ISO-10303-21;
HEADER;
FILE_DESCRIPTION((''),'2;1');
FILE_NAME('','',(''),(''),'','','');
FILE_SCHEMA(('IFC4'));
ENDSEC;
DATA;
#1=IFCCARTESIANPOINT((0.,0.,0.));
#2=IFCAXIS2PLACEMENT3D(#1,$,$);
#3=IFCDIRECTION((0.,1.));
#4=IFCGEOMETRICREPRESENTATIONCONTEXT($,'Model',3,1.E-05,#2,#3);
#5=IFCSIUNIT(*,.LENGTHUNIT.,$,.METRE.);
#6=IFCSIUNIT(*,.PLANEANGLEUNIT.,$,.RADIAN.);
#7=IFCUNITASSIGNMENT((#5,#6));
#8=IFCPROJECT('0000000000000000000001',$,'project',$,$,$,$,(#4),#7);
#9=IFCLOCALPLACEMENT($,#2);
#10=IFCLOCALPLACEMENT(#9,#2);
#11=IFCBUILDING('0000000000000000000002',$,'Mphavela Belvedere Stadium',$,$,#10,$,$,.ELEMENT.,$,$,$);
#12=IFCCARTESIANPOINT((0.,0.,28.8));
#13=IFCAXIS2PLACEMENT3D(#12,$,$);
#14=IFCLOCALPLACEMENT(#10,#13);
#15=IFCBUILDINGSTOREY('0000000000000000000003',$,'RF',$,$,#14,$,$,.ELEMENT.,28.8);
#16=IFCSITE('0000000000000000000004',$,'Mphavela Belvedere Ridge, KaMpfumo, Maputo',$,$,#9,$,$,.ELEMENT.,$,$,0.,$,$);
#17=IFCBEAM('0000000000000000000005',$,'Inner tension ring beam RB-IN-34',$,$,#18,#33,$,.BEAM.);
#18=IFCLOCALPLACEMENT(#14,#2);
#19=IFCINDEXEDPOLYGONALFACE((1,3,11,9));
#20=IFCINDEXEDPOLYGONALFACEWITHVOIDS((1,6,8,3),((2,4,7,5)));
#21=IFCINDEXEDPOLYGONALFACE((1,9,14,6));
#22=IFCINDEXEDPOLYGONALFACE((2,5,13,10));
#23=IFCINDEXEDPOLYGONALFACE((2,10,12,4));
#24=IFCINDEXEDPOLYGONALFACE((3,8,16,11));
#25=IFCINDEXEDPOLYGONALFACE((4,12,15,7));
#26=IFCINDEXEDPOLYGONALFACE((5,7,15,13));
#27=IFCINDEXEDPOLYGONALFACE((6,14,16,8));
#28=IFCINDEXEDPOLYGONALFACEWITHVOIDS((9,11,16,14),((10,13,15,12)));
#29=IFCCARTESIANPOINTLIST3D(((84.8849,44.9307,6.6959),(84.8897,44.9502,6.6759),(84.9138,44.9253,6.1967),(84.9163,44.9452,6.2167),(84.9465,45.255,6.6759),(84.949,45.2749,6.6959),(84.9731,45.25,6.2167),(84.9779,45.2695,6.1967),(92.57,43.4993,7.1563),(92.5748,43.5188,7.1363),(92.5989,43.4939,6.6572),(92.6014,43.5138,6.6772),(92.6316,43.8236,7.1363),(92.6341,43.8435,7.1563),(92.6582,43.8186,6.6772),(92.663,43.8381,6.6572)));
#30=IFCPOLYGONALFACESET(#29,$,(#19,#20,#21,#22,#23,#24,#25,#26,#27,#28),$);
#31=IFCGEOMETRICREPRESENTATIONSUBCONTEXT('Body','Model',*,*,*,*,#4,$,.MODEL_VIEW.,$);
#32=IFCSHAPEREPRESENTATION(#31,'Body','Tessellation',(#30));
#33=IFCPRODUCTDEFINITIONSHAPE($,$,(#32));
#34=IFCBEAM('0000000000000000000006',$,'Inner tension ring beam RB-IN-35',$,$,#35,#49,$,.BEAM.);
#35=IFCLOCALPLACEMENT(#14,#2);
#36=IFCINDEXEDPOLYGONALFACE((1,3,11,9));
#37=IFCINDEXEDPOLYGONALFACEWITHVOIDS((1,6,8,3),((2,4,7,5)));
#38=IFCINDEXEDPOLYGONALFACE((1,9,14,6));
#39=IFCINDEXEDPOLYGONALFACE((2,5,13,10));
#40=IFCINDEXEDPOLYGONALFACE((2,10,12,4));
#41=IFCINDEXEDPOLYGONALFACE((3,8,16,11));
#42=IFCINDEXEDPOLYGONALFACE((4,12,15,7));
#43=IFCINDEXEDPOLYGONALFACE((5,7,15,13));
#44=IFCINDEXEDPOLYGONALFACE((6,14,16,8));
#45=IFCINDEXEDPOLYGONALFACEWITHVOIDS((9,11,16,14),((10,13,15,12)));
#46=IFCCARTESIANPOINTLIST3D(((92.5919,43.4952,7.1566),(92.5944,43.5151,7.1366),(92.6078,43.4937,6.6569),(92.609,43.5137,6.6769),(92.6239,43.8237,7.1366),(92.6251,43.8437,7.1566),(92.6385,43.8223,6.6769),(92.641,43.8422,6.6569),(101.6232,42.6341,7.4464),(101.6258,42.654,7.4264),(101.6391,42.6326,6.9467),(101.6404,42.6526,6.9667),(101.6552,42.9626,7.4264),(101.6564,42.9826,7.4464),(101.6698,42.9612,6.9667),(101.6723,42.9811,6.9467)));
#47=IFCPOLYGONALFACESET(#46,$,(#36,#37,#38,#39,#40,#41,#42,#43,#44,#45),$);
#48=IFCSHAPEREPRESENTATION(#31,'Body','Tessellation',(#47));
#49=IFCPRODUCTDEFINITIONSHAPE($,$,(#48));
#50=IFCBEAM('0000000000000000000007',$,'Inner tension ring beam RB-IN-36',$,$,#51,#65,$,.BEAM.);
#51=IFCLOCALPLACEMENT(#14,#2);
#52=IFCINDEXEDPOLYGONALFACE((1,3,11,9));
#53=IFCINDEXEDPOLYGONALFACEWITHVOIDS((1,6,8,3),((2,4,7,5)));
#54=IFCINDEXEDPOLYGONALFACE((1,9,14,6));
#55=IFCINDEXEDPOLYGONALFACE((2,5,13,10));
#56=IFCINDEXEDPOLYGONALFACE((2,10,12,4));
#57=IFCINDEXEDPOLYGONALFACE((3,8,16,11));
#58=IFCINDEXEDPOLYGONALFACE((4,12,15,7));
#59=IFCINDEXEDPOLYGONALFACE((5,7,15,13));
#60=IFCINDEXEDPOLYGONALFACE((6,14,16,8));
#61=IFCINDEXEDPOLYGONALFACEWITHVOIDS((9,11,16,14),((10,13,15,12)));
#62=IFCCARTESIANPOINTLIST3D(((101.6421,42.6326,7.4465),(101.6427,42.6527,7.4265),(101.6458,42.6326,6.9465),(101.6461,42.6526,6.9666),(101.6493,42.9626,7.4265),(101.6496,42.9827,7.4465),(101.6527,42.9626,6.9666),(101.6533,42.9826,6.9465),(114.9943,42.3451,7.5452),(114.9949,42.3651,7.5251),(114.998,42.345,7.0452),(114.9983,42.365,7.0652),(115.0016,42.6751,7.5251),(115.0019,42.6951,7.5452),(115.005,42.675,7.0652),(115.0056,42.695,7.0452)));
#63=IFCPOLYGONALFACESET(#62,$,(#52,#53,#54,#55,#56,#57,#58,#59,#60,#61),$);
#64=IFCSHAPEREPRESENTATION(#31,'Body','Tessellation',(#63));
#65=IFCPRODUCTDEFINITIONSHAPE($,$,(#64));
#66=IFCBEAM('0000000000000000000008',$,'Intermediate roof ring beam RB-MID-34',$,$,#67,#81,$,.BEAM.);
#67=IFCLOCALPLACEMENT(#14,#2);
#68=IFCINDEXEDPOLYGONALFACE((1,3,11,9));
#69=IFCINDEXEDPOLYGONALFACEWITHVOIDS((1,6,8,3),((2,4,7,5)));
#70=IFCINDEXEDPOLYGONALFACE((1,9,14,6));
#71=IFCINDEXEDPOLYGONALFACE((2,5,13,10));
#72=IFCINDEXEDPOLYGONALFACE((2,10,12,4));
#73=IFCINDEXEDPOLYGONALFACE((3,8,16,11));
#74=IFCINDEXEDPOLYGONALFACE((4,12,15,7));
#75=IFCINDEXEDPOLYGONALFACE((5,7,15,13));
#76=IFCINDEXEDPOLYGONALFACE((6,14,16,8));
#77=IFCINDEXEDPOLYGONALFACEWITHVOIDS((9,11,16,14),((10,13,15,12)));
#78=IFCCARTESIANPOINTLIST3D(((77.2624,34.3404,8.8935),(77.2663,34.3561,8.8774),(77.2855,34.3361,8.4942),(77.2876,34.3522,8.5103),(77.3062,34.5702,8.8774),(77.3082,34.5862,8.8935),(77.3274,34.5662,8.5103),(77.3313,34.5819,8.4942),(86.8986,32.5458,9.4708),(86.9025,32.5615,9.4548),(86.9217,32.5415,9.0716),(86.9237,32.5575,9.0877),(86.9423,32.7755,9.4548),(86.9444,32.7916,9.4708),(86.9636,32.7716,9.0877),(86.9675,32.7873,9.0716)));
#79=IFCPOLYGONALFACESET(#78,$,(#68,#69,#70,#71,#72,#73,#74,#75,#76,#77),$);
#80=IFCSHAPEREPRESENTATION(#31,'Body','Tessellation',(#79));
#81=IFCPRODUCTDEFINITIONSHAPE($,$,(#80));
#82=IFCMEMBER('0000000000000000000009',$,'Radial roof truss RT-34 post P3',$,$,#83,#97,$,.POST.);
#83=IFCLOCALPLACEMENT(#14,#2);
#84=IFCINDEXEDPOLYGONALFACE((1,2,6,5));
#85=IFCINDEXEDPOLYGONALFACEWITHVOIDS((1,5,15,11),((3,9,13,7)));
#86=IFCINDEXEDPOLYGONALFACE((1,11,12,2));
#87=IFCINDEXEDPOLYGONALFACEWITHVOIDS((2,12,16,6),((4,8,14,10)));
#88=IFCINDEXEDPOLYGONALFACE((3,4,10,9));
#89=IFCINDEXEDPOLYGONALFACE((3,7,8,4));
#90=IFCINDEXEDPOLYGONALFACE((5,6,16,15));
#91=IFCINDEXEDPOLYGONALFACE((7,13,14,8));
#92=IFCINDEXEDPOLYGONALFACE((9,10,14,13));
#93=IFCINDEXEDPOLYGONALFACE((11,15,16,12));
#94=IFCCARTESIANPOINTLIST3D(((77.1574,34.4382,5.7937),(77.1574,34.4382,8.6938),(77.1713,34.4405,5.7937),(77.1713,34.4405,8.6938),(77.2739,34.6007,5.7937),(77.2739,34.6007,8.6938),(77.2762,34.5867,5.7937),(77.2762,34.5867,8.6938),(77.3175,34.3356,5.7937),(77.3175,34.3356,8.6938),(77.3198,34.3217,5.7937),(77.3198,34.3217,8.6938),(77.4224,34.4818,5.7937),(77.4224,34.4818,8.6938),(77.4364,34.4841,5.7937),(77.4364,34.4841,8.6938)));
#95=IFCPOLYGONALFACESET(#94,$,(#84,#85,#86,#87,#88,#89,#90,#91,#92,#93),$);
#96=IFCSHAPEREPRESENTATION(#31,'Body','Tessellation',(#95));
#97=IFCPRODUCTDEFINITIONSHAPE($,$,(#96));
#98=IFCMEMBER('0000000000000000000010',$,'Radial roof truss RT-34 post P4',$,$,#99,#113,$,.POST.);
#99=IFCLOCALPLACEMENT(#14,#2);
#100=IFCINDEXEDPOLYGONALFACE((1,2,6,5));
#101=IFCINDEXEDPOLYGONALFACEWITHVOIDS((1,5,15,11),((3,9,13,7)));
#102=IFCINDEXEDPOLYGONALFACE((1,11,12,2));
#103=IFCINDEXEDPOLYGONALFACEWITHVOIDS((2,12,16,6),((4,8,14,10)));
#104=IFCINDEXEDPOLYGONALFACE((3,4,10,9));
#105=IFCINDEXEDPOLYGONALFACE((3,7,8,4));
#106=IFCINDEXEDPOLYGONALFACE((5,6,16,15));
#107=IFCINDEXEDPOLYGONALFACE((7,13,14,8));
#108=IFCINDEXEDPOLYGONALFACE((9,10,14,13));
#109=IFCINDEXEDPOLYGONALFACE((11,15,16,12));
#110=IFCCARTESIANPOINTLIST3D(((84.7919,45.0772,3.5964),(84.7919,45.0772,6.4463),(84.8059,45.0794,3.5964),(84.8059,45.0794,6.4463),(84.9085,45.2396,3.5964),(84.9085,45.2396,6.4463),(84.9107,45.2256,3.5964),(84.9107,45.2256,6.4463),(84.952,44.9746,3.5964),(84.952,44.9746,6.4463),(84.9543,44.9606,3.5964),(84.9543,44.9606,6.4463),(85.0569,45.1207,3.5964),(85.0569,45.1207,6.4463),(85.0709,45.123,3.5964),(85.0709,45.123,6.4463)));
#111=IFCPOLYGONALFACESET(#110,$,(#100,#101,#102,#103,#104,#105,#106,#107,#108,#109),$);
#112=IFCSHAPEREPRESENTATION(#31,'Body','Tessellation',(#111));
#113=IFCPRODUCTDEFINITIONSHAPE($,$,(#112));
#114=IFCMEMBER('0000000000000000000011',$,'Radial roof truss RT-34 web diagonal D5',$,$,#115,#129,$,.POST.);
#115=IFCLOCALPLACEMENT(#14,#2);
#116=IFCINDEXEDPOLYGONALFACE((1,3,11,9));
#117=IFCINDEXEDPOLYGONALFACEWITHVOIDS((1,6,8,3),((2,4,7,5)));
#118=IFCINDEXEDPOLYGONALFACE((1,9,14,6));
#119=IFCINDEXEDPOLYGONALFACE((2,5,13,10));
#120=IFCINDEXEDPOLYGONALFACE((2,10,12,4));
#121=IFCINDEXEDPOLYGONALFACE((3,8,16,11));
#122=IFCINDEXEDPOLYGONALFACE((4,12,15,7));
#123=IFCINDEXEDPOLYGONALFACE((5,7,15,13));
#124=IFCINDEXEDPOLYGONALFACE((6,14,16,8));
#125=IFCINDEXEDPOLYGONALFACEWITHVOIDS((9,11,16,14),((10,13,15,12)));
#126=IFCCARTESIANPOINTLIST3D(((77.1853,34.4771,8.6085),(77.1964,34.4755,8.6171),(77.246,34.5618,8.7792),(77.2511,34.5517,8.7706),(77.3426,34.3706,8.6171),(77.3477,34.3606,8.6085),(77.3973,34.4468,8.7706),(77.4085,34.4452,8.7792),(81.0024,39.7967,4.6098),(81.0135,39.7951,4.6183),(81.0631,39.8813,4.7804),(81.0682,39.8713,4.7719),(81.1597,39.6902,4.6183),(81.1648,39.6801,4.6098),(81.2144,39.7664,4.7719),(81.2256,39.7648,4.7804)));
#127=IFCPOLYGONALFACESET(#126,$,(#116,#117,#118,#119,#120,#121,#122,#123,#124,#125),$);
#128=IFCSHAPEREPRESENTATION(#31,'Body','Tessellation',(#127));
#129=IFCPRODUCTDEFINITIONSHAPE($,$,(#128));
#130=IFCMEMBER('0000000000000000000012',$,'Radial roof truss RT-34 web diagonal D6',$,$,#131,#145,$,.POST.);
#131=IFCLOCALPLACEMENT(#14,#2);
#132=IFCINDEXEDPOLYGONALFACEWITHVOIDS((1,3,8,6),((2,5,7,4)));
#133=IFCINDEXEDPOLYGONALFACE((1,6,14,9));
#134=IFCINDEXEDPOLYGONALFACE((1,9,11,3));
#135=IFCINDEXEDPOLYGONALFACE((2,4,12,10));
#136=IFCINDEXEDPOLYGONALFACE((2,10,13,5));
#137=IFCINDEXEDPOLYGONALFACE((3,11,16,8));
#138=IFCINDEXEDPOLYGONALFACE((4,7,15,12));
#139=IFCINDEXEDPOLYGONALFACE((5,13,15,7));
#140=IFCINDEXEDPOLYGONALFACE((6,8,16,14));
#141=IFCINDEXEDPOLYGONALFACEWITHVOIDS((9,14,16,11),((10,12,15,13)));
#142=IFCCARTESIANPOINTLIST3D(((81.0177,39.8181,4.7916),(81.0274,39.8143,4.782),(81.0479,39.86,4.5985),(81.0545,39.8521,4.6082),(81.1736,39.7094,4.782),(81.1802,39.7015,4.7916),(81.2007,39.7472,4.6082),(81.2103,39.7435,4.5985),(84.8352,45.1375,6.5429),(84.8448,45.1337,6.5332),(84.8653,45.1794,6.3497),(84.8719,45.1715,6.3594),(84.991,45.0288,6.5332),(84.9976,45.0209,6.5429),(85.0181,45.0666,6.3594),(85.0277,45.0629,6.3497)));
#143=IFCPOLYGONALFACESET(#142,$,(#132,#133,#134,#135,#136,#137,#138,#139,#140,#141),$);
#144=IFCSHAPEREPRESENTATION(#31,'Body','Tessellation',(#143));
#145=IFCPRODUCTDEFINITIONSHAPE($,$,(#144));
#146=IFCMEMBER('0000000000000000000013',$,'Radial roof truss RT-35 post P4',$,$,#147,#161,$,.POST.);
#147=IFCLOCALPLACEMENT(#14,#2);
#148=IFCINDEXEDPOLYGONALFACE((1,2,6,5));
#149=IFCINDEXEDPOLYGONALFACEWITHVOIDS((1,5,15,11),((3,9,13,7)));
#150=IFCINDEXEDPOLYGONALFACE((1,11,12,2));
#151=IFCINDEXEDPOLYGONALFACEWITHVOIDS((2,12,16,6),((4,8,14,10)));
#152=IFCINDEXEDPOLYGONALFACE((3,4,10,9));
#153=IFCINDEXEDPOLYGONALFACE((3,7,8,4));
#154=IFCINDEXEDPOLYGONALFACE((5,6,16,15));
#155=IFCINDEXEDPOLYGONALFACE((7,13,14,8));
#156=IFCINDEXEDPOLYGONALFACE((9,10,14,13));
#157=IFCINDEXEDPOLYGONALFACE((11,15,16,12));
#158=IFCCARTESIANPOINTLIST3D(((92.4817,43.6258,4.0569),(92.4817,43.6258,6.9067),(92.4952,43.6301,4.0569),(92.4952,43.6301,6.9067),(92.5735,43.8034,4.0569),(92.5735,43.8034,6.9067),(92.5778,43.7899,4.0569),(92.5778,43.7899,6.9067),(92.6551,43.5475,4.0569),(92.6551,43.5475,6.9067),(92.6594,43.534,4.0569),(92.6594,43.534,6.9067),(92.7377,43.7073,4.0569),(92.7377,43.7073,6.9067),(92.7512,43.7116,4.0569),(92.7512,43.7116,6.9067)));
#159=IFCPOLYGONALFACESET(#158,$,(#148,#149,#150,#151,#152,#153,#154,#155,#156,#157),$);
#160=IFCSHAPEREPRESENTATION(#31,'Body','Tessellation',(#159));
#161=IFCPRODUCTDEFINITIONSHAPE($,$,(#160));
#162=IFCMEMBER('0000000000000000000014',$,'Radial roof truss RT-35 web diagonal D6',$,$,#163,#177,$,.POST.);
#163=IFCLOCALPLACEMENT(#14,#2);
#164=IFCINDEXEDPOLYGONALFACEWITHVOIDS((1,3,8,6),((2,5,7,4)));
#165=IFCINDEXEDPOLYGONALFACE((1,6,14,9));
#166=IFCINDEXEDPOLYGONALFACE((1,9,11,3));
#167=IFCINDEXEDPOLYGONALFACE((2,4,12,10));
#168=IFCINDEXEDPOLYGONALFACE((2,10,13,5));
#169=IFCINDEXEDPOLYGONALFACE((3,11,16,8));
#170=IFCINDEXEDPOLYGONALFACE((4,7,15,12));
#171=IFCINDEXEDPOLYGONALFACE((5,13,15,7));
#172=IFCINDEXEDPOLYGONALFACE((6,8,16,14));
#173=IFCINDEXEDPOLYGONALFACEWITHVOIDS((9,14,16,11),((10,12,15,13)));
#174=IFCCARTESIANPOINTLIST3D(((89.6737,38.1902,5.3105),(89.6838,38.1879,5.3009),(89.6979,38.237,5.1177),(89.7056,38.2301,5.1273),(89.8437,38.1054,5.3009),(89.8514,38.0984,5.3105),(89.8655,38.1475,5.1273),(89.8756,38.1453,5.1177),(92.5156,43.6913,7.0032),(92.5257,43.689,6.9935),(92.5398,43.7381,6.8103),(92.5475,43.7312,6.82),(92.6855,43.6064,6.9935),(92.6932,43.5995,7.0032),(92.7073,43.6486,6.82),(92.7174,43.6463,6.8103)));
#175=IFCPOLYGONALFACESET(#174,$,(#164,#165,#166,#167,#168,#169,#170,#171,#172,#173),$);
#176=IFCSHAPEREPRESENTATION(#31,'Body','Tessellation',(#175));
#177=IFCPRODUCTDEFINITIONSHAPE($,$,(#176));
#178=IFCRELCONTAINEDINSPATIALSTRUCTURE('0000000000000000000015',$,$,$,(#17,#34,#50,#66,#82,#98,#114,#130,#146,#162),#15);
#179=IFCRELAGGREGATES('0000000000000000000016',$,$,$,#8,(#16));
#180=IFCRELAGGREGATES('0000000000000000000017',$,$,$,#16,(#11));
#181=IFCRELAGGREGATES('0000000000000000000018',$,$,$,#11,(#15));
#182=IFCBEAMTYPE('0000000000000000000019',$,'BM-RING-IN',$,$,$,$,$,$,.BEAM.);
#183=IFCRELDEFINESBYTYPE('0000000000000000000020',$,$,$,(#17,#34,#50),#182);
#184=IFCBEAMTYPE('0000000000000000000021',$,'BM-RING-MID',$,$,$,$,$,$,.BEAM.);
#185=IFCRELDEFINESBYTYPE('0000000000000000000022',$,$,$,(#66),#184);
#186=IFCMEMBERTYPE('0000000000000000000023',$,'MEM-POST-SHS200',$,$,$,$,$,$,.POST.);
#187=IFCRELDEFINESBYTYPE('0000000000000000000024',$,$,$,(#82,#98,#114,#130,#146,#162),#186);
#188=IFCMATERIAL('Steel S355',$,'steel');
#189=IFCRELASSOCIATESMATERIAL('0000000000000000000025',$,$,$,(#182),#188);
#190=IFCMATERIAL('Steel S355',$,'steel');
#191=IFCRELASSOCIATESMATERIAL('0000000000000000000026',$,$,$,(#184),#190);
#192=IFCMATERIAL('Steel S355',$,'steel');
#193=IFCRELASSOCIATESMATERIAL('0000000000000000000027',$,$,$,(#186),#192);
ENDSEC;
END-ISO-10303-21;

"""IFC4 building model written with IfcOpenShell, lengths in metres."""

from ifc_helpers import new_model, si_unit, direction, frame, origin, origin_2d, place, context, subcontext, project, spatial, hollow_rectangle, extrude, material, material_profile, profile_set, type_object, element, save


model = new_model("IFC4")

# Units and contexts
model_context = context("Model", 3, precision=1e-05, world=origin(), true_north=direction((0.0, 1.0)))
body_context = subcontext(model_context, "Body", "Model", "MODEL_VIEW")
ifc_project = project(units=[si_unit("LENGTHUNIT", "METRE"), si_unit("PLANEANGLEUNIT", "RADIAN")], contexts=[model_context])

# Site, building, storey
site_placement = place(None, origin())
site = spatial("IfcSite", under=ifc_project, at=site_placement, Name="Mphavela Belvedere Ridge, KaMpfumo, Maputo", CompositionType="ELEMENT", RefElevation=0.0)
building_placement = place(site_placement, origin())
building = spatial("IfcBuilding", under=site, at=building_placement, Name="Mphavela Belvedere Stadium", CompositionType="ELEMENT")
storey_placement = place(building_placement, frame((0.0, 0.0, 28.8)))
storey = spatial("IfcBuildingStorey", under=building, at=storey_placement, Name="RF", CompositionType="ELEMENT", Elevation=28.8)

# Beams
ifc_material_1 = material(Name="Steel S355", Category="steel")
ifc_material_profile_1 = material_profile(ifc_material_1, hollow_rectangle(XDim=0.3501, YDim=0.5, WallThickness=0.02, at=origin_2d()), Name="RHS 500x350x20")
ifc_profile_set_1 = profile_set([ifc_material_profile_1], Name="Steel S355")
beam_type_1 = type_object("IfcBeamType", Name="BM-RING-IN", PredefinedType="BEAM", material=ifc_profile_set_1)
beam_1_placement = place(storey_placement, frame((84.9314, 45.1001, 6.4463), z_axis=(0.981392, -0.182791, 0.0588), x_axis=(0.183108, 0.983093, 0.0)))
element("IfcBeam", 1, at=beam_1_placement, inside=storey, type_object=beam_type_1, Name="Inner tension ring beam RB-IN-34", PredefinedType="BEAM", context=body_context, shape_type="SweptSolid", body=[
    extrude(hollow_rectangle(XDim=0.3501, YDim=0.5, WallThickness=0.02, at=origin_2d()), origin(), (0.0, 0.0, 1.0), 7.8308),
])
beam_2_placement = place(storey_placement, frame((92.6165, 43.6687, 6.9067), z_axis=(0.994978, -0.094866, 0.031927), x_axis=(0.094914, 0.995485, 0.0)))
element("IfcBeam", 2, at=beam_2_placement, inside=storey, type_object=beam_type_1, Name="Inner tension ring beam RB-IN-35", PredefinedType="BEAM", context=body_context, shape_type="SweptSolid", body=[
    extrude(hollow_rectangle(XDim=0.3501, YDim=0.5, WallThickness=0.02, at=origin_2d()), origin(), (0.0, 0.0, 1.0), 9.0769),
])
beam_3_placement = place(storey_placement, frame((101.6477, 42.8076, 7.1965), z_axis=(0.999741, -0.021534, 0.007385), x_axis=(0.021534, 0.999768, 0.0)))
element("IfcBeam", 3, at=beam_3_placement, inside=storey, type_object=beam_type_1, Name="Inner tension ring beam RB-IN-36", PredefinedType="BEAM", context=body_context, shape_type="SweptSolid", body=[
    extrude(hollow_rectangle(XDim=0.3501, YDim=0.5, WallThickness=0.02, at=origin_2d()), origin(), (0.0, 0.0, 1.0), 13.3557),
])
ifc_material_2 = material(Name="Steel S355", Category="steel")
ifc_material_profile_2 = material_profile(ifc_material_2, hollow_rectangle(XDim=0.25, YDim=0.3999, WallThickness=0.0161, at=origin_2d()), Name="RHS 400x250x16")
ifc_profile_set_2 = profile_set([ifc_material_profile_2], Name="Steel S355")
beam_type_2 = type_object("IfcBeamType", Name="BM-RING-MID", PredefinedType="BEAM", material=ifc_profile_set_2)
beam_4_placement = place(storey_placement, frame((77.2969, 34.4612, 8.6938), z_axis=(0.981394, -0.182778, 0.058804), x_axis=(0.183094, 0.983095, 0.0)))
element("IfcBeam", 4, at=beam_4_placement, inside=storey, type_object=beam_type_2, Name="Intermediate roof ring beam RB-MID-34", PredefinedType="BEAM", context=body_context, shape_type="SweptSolid", body=[
    extrude(hollow_rectangle(XDim=0.25, YDim=0.3999, WallThickness=0.0161, at=origin_2d()), origin(), (0.0, 0.0, 1.0), 9.8188),
])

# Members
ifc_material_3 = material(Name="Steel S355", Category="steel")
ifc_material_profile_3 = material_profile(ifc_material_3, hollow_rectangle(XDim=0.2, YDim=0.2, WallThickness=0.01, at=origin_2d()), Name="SHS 200x200x10")
ifc_profile_set_3 = profile_set([ifc_material_profile_3], Name="Steel S355")
member_type_1 = type_object("IfcMemberType", Name="MEM-POST-SHS200", PredefinedType="POST", material=ifc_profile_set_3)
member_1_placement = place(storey_placement, frame((77.2969, 34.4612, 5.7937), z_axis=(0.0, 0.0, 1.0), x_axis=(-0.582974, -0.812491, 0.0)))
element("IfcMember", 5, at=member_1_placement, inside=storey, type_object=member_type_1, Name="Radial roof truss RT-34 post P3", PredefinedType="POST", context=body_context, shape_type="SweptSolid", body=[
    extrude(hollow_rectangle(XDim=0.2, YDim=0.2, WallThickness=0.01, at=origin_2d()), origin(), (0.0, 0.0, 1.0), 2.9001),
])
member_2_placement = place(storey_placement, frame((84.9314, 45.1001, 3.5964), z_axis=(0.0, 0.0, 1.0), x_axis=(-0.582974, -0.812491, 0.0)))
element("IfcMember", 6, at=member_2_placement, inside=storey, type_object=member_type_1, Name="Radial roof truss RT-34 post P4", PredefinedType="POST", context=body_context, shape_type="SweptSolid", body=[
    extrude(hollow_rectangle(XDim=0.2, YDim=0.2, WallThickness=0.01, at=origin_2d()), origin(), (0.0, 0.0, 1.0), 2.8499),
])
member_3_placement = place(storey_placement, frame((77.2969, 34.4612, 8.6938), z_axis=(0.497545, 0.693381, -0.521221), x_axis=(-0.812472, 0.583, 0.0)))
element("IfcMember", 7, at=member_3_placement, inside=storey, type_object=member_type_1, Name="Radial roof truss RT-34 web diagonal D5", PredefinedType="POST", context=body_context, shape_type="SweptSolid", body=[
    extrude(hollow_rectangle(XDim=0.2, YDim=0.2, WallThickness=0.01, at=origin_2d()), origin(), (0.0, 0.0, 1.0), 7.6719),
])
member_4_placement = place(storey_placement, frame((81.114, 39.7808, 4.6951), z_axis=(0.563243, 0.784852, 0.258387), x_axis=(-0.812441, 0.583043, 0.0)))
element("IfcMember", 8, at=member_4_placement, inside=storey, type_object=member_type_1, Name="Radial roof truss RT-34 web diagonal D6", PredefinedType="POST", context=body_context, shape_type="SweptSolid", body=[
    extrude(hollow_rectangle(XDim=0.2, YDim=0.2, WallThickness=0.01, at=origin_2d()), origin(), (0.0, 0.0, 1.0), 6.7776),
])
member_5_placement = place(storey_placement, frame((92.6165, 43.6687, 4.0569), z_axis=(0.0, 0.0, 1.0), x_axis=(-0.45896, -0.888457, 0.0)))
element("IfcMember", 9, at=member_5_placement, inside=storey, type_object=member_type_1, Name="Radial roof truss RT-35 post P4", PredefinedType="POST", context=body_context, shape_type="SweptSolid", body=[
    extrude(hollow_rectangle(XDim=0.2, YDim=0.2, WallThickness=0.01, at=origin_2d()), origin(), (0.0, 0.0, 1.0), 2.8499),
])
member_6_placement = place(storey_placement, frame((89.7747, 38.1677, 5.2141), z_axis=(0.442727, 0.857004, 0.263697), x_axis=(-0.888451, 0.458972, 0.0)))
element("IfcMember", 10, at=member_6_placement, inside=storey, type_object=member_type_1, Name="Radial roof truss RT-35 web diagonal D6", PredefinedType="POST", context=body_context, shape_type="SweptSolid", body=[
    extrude(hollow_rectangle(XDim=0.2, YDim=0.2, WallThickness=0.01, at=origin_2d()), origin(), (0.0, 0.0, 1.0), 6.4189),
])

save(model, "model.ifc")
